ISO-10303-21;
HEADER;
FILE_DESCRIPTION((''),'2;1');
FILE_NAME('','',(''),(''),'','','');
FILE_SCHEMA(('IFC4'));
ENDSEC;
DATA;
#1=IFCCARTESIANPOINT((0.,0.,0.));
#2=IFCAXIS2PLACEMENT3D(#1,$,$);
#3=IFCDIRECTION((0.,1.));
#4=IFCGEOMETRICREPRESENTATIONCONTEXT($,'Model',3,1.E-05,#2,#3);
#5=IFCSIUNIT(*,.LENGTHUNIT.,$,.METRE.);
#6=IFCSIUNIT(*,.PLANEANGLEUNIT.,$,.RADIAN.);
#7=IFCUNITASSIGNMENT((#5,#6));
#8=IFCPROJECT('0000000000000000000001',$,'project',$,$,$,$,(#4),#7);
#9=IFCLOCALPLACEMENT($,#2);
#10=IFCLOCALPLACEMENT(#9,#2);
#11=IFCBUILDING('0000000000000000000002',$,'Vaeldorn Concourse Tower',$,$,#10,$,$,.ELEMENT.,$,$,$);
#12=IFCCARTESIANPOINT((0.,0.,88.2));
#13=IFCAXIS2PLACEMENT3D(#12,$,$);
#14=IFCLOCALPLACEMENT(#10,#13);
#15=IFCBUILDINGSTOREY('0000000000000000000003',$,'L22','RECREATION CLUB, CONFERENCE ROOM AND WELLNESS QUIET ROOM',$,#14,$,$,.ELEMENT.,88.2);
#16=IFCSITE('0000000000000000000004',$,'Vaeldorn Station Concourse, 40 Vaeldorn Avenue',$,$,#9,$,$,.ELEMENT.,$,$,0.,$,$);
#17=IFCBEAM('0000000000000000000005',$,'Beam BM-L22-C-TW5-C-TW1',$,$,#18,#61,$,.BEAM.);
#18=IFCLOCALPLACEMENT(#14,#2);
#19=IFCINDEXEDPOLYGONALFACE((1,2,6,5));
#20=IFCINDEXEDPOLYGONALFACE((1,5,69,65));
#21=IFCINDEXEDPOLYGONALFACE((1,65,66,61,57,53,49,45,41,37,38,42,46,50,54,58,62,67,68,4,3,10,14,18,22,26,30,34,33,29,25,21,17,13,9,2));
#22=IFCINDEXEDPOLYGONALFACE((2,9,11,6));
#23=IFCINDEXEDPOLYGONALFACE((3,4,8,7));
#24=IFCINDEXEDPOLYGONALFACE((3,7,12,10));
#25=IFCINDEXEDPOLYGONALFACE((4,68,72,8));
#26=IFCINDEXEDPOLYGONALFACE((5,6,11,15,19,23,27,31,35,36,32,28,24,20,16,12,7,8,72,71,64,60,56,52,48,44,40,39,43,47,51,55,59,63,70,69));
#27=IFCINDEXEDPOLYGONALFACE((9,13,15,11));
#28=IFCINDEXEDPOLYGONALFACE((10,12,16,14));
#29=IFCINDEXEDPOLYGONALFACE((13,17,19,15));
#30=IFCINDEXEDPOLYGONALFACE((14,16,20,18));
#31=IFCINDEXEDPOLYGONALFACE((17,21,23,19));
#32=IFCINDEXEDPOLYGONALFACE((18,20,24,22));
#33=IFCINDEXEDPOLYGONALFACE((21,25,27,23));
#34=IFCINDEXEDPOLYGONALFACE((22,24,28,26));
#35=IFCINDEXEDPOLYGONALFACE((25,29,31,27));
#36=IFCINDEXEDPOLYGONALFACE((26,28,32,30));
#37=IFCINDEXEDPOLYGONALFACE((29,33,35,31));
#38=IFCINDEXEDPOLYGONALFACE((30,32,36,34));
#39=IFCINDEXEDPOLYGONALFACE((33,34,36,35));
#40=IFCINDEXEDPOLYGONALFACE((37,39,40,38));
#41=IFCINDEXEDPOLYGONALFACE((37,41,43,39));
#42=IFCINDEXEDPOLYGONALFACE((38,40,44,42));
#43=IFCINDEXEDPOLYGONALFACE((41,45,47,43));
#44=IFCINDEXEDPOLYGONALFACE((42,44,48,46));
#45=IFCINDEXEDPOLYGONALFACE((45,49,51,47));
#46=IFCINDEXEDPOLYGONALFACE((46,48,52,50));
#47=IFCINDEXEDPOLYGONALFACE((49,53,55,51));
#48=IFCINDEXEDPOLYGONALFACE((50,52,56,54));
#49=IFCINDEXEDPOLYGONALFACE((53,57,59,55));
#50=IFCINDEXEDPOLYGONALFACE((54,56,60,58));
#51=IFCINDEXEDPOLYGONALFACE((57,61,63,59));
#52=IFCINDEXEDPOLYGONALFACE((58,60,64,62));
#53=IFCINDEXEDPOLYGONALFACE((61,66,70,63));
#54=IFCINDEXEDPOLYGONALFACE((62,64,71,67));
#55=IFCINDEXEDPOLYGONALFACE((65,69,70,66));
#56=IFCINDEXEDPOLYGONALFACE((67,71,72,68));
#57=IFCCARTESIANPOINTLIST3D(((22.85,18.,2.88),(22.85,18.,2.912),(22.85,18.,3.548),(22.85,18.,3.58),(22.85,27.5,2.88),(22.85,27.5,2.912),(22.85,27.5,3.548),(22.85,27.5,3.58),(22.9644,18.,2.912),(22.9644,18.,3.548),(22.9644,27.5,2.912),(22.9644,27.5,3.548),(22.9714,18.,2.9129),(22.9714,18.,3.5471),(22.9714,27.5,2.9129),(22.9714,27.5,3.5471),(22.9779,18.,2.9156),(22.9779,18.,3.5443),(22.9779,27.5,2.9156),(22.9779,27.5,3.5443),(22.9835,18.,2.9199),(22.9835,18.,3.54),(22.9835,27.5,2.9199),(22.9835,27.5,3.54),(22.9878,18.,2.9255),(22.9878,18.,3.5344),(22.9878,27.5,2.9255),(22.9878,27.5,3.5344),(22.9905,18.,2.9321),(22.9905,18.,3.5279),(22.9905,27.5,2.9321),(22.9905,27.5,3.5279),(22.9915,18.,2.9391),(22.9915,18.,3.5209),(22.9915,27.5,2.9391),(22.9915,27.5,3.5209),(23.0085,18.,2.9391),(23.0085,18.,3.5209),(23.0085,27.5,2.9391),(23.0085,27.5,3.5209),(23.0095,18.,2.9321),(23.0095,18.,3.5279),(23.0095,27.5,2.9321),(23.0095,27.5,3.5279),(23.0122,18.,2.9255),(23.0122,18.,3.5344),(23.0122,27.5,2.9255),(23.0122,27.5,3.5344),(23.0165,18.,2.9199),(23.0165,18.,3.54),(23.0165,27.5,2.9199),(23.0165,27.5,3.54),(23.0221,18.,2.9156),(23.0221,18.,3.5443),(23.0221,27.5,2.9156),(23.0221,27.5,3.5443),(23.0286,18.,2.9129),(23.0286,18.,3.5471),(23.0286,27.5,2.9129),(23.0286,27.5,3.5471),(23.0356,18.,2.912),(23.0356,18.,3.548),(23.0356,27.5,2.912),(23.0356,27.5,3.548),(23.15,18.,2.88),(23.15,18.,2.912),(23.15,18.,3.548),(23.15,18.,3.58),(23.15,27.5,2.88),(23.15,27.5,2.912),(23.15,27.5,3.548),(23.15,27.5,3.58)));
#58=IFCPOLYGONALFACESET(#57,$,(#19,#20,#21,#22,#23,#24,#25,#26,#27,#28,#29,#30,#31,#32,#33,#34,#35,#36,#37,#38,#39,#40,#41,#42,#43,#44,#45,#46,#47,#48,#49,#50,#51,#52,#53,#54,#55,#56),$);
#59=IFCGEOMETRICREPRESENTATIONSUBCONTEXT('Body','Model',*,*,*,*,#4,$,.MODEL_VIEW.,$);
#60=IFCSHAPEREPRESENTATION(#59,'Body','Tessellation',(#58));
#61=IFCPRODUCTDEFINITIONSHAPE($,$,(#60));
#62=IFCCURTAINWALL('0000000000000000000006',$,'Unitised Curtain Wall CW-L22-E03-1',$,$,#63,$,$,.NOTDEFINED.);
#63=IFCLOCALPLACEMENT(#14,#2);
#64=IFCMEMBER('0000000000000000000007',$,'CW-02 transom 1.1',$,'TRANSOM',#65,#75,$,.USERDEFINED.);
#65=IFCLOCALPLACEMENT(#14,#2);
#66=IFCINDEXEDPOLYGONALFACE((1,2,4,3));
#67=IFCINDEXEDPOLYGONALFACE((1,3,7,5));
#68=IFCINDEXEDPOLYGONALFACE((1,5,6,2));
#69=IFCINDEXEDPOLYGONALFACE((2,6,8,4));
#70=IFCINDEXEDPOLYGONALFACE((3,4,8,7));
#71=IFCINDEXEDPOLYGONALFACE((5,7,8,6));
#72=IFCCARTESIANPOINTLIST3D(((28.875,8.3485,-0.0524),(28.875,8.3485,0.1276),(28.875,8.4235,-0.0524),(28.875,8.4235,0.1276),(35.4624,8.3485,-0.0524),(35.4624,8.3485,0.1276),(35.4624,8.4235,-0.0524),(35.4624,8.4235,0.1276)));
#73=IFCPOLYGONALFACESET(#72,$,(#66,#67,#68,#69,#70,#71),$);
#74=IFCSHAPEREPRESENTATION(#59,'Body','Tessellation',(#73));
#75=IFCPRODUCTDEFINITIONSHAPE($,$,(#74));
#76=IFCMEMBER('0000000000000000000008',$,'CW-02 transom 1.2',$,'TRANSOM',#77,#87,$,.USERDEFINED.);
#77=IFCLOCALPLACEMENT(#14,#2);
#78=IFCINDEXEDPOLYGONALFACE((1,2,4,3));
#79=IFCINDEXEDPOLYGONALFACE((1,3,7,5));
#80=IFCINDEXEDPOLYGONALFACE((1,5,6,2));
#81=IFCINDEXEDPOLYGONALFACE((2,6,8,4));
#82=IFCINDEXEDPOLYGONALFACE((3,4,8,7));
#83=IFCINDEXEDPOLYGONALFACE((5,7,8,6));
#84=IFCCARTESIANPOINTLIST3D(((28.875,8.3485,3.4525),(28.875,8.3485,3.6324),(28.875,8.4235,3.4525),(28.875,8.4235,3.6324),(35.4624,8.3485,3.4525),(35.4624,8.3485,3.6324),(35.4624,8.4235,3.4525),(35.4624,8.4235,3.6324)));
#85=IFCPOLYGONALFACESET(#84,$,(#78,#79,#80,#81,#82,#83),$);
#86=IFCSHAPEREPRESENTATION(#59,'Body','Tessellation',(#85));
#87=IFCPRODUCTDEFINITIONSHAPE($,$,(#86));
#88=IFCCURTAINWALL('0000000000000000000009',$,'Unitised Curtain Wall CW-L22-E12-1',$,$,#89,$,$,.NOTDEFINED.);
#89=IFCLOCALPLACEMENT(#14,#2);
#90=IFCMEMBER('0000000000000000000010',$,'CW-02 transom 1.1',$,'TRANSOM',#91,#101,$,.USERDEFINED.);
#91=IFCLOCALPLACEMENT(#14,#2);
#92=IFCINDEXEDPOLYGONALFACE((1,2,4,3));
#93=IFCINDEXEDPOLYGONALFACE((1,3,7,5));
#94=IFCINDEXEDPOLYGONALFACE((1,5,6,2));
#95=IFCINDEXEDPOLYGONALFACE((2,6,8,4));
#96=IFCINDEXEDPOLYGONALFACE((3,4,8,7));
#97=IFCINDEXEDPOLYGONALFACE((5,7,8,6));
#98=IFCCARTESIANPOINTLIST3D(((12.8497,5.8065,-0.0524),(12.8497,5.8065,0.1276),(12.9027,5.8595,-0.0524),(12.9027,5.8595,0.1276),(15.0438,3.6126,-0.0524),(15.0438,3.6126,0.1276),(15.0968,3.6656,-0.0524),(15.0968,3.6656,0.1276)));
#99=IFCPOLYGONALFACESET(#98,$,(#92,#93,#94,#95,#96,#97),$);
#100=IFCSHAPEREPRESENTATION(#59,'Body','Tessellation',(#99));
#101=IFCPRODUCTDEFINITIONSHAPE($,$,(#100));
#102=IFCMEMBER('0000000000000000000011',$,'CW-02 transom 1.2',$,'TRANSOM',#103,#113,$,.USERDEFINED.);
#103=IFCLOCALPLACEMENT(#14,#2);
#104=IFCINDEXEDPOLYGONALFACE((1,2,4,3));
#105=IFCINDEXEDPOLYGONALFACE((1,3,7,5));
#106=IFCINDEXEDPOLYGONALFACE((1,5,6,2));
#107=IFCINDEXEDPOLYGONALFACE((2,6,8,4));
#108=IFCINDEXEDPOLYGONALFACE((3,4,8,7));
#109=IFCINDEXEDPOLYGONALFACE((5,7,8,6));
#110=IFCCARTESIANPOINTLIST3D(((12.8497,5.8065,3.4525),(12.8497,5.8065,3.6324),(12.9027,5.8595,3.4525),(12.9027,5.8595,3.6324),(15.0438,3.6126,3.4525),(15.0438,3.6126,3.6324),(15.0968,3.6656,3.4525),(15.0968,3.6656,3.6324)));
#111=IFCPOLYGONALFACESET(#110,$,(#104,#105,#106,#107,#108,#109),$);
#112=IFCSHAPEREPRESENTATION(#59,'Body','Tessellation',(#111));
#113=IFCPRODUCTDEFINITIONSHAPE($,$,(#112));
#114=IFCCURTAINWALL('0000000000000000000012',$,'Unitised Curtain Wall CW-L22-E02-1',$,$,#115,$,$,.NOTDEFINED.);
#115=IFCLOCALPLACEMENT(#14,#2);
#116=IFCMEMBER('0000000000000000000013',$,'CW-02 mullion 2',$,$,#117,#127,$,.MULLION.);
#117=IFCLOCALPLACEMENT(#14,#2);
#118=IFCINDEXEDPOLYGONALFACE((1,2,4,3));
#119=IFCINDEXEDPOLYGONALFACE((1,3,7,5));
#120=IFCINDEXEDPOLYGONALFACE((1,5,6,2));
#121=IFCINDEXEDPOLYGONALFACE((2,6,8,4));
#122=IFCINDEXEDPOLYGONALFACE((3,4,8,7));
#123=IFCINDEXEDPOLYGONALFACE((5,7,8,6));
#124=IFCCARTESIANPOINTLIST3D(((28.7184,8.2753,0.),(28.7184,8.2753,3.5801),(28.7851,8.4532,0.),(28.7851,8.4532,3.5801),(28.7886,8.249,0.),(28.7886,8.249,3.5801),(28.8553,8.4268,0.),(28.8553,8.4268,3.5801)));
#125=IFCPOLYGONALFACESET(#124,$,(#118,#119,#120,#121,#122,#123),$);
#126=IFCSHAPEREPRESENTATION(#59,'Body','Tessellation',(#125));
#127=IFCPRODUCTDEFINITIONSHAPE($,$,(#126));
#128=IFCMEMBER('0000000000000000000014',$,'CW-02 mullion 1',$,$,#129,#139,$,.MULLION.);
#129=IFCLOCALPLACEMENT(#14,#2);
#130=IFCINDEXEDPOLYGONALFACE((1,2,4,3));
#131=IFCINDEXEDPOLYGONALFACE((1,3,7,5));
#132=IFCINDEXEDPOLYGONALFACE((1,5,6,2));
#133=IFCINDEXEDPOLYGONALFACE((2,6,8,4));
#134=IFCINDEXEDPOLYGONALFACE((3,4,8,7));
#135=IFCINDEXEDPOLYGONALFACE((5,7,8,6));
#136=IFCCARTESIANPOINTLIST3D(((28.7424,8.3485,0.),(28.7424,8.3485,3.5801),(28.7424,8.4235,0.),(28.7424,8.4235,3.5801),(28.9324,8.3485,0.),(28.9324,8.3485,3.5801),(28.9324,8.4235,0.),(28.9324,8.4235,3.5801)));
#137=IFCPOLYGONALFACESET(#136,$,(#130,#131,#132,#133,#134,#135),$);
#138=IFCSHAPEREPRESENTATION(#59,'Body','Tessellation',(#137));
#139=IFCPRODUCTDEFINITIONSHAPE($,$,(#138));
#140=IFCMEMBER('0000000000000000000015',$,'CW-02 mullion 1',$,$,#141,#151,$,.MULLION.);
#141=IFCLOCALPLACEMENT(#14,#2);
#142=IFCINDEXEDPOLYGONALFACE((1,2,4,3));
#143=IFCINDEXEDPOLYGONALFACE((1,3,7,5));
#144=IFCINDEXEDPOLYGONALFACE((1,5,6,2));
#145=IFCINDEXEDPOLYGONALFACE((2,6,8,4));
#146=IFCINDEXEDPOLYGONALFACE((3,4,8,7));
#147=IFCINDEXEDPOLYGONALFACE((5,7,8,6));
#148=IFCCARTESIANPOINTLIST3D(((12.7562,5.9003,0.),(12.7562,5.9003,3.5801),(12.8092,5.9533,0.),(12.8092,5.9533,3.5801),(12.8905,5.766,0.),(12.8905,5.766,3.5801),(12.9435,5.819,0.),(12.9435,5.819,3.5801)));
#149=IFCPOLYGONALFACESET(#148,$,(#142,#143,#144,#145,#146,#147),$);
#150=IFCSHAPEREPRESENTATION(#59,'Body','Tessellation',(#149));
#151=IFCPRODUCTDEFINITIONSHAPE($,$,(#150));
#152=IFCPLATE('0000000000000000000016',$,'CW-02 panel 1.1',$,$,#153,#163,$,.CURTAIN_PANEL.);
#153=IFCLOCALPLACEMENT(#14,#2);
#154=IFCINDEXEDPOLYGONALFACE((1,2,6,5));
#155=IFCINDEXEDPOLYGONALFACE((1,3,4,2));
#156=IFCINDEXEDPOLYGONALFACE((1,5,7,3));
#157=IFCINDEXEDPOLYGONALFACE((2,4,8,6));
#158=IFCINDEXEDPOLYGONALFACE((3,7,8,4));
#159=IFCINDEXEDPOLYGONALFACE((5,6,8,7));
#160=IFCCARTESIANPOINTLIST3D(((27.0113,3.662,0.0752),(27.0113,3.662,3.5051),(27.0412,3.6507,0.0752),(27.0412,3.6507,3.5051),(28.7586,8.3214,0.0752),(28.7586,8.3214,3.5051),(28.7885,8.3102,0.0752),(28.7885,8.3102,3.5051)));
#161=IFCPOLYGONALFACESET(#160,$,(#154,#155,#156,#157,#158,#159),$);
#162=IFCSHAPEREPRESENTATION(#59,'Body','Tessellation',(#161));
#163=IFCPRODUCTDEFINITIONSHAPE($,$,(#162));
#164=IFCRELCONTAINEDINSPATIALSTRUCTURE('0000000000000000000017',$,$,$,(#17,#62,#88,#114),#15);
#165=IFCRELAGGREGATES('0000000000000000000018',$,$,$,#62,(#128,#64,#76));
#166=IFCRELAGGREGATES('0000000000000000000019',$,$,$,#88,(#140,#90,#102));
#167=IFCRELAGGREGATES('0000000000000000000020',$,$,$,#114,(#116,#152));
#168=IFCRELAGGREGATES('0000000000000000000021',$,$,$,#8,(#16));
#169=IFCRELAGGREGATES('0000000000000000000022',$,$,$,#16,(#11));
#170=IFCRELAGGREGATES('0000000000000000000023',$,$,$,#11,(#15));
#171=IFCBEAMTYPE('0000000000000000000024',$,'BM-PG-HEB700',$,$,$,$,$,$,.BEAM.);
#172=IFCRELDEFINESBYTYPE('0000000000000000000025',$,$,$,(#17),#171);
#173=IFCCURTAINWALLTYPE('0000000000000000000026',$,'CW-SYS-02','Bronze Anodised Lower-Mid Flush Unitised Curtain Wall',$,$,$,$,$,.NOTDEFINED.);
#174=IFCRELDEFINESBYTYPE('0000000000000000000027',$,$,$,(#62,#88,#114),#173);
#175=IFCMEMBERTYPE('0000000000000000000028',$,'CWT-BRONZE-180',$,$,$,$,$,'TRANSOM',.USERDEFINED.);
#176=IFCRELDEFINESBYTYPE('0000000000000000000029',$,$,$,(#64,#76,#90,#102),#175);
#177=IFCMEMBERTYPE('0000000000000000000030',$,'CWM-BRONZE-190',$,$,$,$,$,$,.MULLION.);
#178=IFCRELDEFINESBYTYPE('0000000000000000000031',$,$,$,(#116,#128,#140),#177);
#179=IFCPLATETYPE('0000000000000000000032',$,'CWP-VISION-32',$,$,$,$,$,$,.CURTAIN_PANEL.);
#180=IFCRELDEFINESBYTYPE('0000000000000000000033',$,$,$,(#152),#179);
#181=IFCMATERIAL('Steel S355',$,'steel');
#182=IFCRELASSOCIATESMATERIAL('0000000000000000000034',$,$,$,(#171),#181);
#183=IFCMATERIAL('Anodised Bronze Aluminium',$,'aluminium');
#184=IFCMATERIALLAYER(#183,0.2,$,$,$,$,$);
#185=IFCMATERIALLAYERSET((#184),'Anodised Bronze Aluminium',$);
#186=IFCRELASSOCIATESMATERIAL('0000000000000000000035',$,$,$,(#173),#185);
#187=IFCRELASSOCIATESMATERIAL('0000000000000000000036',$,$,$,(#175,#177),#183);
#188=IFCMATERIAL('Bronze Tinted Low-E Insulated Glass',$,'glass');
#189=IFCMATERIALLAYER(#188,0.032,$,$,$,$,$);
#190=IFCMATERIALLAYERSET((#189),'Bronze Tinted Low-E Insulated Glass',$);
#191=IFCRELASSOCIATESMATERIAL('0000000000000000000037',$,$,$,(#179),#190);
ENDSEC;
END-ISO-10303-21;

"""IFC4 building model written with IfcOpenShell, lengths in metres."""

from ifc_helpers import new_model, si_unit, direction, frame, origin, origin_2d, place, context, subcontext, project, spatial, rectangle, i_section, extrude, source, transform, mapped, material, layer, layer_set, material_profile, profile_set, type_object, element, aggregate, save


model = new_model("IFC4")

# Units and contexts
model_context = context("Model", 3, precision=1e-05, world=origin(), true_north=direction((0.0, 1.0)))
body_context = subcontext(model_context, "Body", "Model", "MODEL_VIEW")
ifc_project = project(units=[si_unit("LENGTHUNIT", "METRE"), si_unit("PLANEANGLEUNIT", "RADIAN")], contexts=[model_context])

# Site, building, storey
site_placement = place(None, origin())
site = spatial("IfcSite", under=ifc_project, at=site_placement, Name="Vaeldorn Station Concourse, 40 Vaeldorn Avenue", CompositionType="ELEMENT", RefElevation=0.0)
building_placement = place(site_placement, origin())
building = spatial("IfcBuilding", under=site, at=building_placement, Name="Vaeldorn Concourse Tower", CompositionType="ELEMENT")
storey_placement = place(building_placement, frame((0.0, 0.0, 88.2)))
storey = spatial("IfcBuildingStorey", under=building, at=storey_placement, Name="L22", Description="RECREATION CLUB, CONFERENCE ROOM AND WELLNESS QUIET ROOM", CompositionType="ELEMENT", Elevation=88.2)

# Beam
ifc_material_1 = material(Name="Steel S355", Category="steel")
ifc_material_profile_1 = material_profile(ifc_material_1, i_section(OverallWidth=0.3, OverallDepth=0.7, WebThickness=0.0171, FlangeThickness=0.032, FilletRadius=0.0271, at=origin_2d()), Name="HEB 700")
ifc_profile_set_1 = profile_set([ifc_material_profile_1], Name="Steel S355")
beam_type_1 = type_object("IfcBeamType", Name="BM-PG-HEB700", PredefinedType="BEAM", material=ifc_profile_set_1)
shared_shape_1 = source(origin(), body_context, "Body", "SweptSolid", [
    extrude(i_section(OverallWidth=0.3, OverallDepth=0.7, WebThickness=0.0171, FlangeThickness=0.032, FilletRadius=0.0271, at=origin_2d()), origin(), (0.0, 0.0, 1.0), 9.5),
])
beam_1_placement = place(storey_placement, frame((23.0, 18.0, 3.23), z_axis=(0.0, 1.0, 0.0), x_axis=(-1.0, 0.0, 0.0)))
element("IfcBeam", 1, at=beam_1_placement, inside=storey, type_object=beam_type_1, Name="Beam BM-L22-C-TW5-C-TW1", PredefinedType="BEAM", context=body_context, shape_type="MappedRepresentation", body=[
    mapped(shared_shape_1, transform((0.0, 0.0, 0.0), scale=1.0)),
])

# Curtain walls, members
ifc_material_2 = material(Name="Anodised Bronze Aluminium", Category="aluminium")
ifc_layer_1 = layer(ifc_material_2, 0.2)
ifc_layer_set_1 = layer_set([ifc_layer_1], Name="Anodised Bronze Aluminium")
curtain_wall_type = type_object("IfcCurtainWallType", Name="CW-SYS-02", Description="Bronze Anodised Lower-Mid Flush Unitised Curtain Wall", PredefinedType="NOTDEFINED", material=ifc_layer_set_1)
curtain_wall_1_placement = place(storey_placement, origin())
curtain_wall_1 = element("IfcCurtainWall", 2, at=curtain_wall_1_placement, inside=storey, type_object=curtain_wall_type, Name="Unitised Curtain Wall CW-L22-E03-1", PredefinedType="NOTDEFINED")
ifc_material_profile_2 = material_profile(ifc_material_2, rectangle(XDim=0.075, YDim=0.1799, at=origin_2d()), Name="CWT 75x180")
ifc_profile_set_2 = profile_set([ifc_material_profile_2], Name="Anodised Bronze Aluminium")
member_type_1 = type_object("IfcMemberType", Name="CWT-BRONZE-180", ElementType="TRANSOM", PredefinedType="USERDEFINED", material=ifc_profile_set_2)
shared_shape_2 = source(origin(), body_context, "Body", "SweptSolid", [
    extrude(rectangle(XDim=0.075, YDim=0.1799, at=origin_2d()), origin(), (0.0, 0.0, 1.0), 6.5874),
])
member_1_placement = place(storey_placement, frame((28.875, 8.386, 0.0376), z_axis=(1.0, 0.0, 0.0), x_axis=(0.0, 1.0, 0.0)))
member_1 = element("IfcMember", 3, at=member_1_placement, type_object=member_type_1, Name="CW-02 transom 1.1", ObjectType="TRANSOM", PredefinedType="USERDEFINED", context=body_context, shape_type="MappedRepresentation", body=[
    mapped(shared_shape_2, transform((0.0, 0.0, 0.0), scale=1.0)),
])
member_2_placement = place(storey_placement, frame((28.875, 8.386, 3.5425), z_axis=(1.0, 0.0, 0.0), x_axis=(0.0, 1.0, 0.0)))
member_2 = element("IfcMember", 4, at=member_2_placement, type_object=member_type_1, Name="CW-02 transom 1.2", ObjectType="TRANSOM", PredefinedType="USERDEFINED", context=body_context, shape_type="MappedRepresentation", body=[
    mapped(shared_shape_2, transform((0.0, 0.0, 0.0), scale=1.0)),
])
curtain_wall_2_placement = place(storey_placement, origin())
curtain_wall_2 = element("IfcCurtainWall", 5, at=curtain_wall_2_placement, inside=storey, type_object=curtain_wall_type, Name="Unitised Curtain Wall CW-L22-E12-1", PredefinedType="NOTDEFINED")
shared_shape_3 = source(origin(), body_context, "Body", "SweptSolid", [
    extrude(rectangle(XDim=0.075, YDim=0.1799, at=origin_2d()), origin(), (0.0, 0.0, 1.0), 3.1028),
])
member_3_placement = place(storey_placement, frame((12.8762, 5.833, 0.0376), z_axis=(0.707146, -0.707067, 0.0), x_axis=(0.707067, 0.707146, 0.0)))
member_3 = element("IfcMember", 6, at=member_3_placement, type_object=member_type_1, Name="CW-02 transom 1.1", ObjectType="TRANSOM", PredefinedType="USERDEFINED", context=body_context, shape_type="MappedRepresentation", body=[
    mapped(shared_shape_3, transform((0.0, 0.0, 0.0), scale=1.0)),
])
member_4_placement = place(storey_placement, frame((12.8762, 5.833, 3.5425), z_axis=(0.707146, -0.707067, 0.0), x_axis=(0.707067, 0.707146, 0.0)))
member_4 = element("IfcMember", 7, at=member_4_placement, type_object=member_type_1, Name="CW-02 transom 1.2", ObjectType="TRANSOM", PredefinedType="USERDEFINED", context=body_context, shape_type="MappedRepresentation", body=[
    mapped(shared_shape_3, transform((0.0, 0.0, 0.0), scale=1.0)),
])

# Curtain wall, member
curtain_wall_3_placement = place(storey_placement, origin())
curtain_wall_3 = element("IfcCurtainWall", 8, at=curtain_wall_3_placement, inside=storey, type_object=curtain_wall_type, Name="Unitised Curtain Wall CW-L22-E02-1", PredefinedType="NOTDEFINED")
ifc_material_profile_3 = material_profile(ifc_material_2, rectangle(XDim=0.075, YDim=0.1899, at=origin_2d()), Name="CWM 75x190")
ifc_profile_set_3 = profile_set([ifc_material_profile_3], Name="Anodised Bronze Aluminium")
member_type_2 = type_object("IfcMemberType", Name="CWM-BRONZE-190", PredefinedType="MULLION", material=ifc_profile_set_3)
shared_shape_4 = source(origin(), body_context, "Body", "SweptSolid", [
    extrude(rectangle(XDim=0.075, YDim=0.1899, at=origin_2d()), origin(), (0.0, 0.0, 1.0), 3.5801),
])
member_5_placement = place(storey_placement, frame((28.7869, 8.3511, 0.0), z_axis=(0.0, 0.0, 1.0), x_axis=(-0.936329, 0.351123, 0.0)))
member_5 = element("IfcMember", 9, at=member_5_placement, type_object=member_type_2, Name="CW-02 mullion 2", PredefinedType="MULLION", context=body_context, shape_type="MappedRepresentation", body=[
    mapped(shared_shape_4, transform((0.0, 0.0, 0.0), scale=1.0)),
])

# Members
member_6_placement = place(storey_placement, frame((28.8374, 8.386, 0.0), z_axis=(0.0, 0.0, 1.0), x_axis=(0.0, 1.0, 0.0)))
member_6 = element("IfcMember", 10, at=member_6_placement, type_object=member_type_2, Name="CW-02 mullion 1", PredefinedType="MULLION", context=body_context, shape_type="MappedRepresentation", body=[
    mapped(shared_shape_4, transform((0.0, 0.0, 0.0), scale=1.0)),
])
aggregate(curtain_wall_1, [member_6, member_1, member_2])
member_7_placement = place(storey_placement, frame((12.8499, 5.8596, 0.0), z_axis=(0.0, 0.0, 1.0), x_axis=(0.707107, 0.707107, 0.0)))
member_7 = element("IfcMember", 11, at=member_7_placement, type_object=member_type_2, Name="CW-02 mullion 1", PredefinedType="MULLION", context=body_context, shape_type="MappedRepresentation", body=[
    mapped(shared_shape_4, transform((0.0, 0.0, 0.0), scale=1.0)),
])
aggregate(curtain_wall_2, [member_7, member_3, member_4])

# Plate
ifc_material_3 = material(Name="Bronze Tinted Low-E Insulated Glass", Category="glass")
ifc_layer_2 = layer(ifc_material_3, 0.032)
ifc_layer_set_2 = layer_set([ifc_layer_2], Name="Bronze Tinted Low-E Insulated Glass")
plate_type = type_object("IfcPlateType", Name="CWP-VISION-32", PredefinedType="CURTAIN_PANEL", material=ifc_layer_set_2)
shared_shape_5 = source(origin(), body_context, "Body", "SweptSolid", [
    extrude(rectangle(XDim=4.9763, YDim=0.032, at=origin_2d()), origin(), (0.0, 0.0, 1.0), 3.4299),
])
plate_placement = place(storey_placement, frame((27.8999, 5.9861, 0.0752), z_axis=(0.0, 0.0, 1.0), x_axis=(0.351123, 0.936329, 0.0)))
plate = element("IfcPlate", 12, at=plate_placement, type_object=plate_type, Name="CW-02 panel 1.1", PredefinedType="CURTAIN_PANEL", context=body_context, shape_type="MappedRepresentation", body=[
    mapped(shared_shape_5, transform((0.0, 0.0, 0.0), scale=1.0)),
])
aggregate(curtain_wall_3, [member_5, plate])

save(model, "model.ifc")
